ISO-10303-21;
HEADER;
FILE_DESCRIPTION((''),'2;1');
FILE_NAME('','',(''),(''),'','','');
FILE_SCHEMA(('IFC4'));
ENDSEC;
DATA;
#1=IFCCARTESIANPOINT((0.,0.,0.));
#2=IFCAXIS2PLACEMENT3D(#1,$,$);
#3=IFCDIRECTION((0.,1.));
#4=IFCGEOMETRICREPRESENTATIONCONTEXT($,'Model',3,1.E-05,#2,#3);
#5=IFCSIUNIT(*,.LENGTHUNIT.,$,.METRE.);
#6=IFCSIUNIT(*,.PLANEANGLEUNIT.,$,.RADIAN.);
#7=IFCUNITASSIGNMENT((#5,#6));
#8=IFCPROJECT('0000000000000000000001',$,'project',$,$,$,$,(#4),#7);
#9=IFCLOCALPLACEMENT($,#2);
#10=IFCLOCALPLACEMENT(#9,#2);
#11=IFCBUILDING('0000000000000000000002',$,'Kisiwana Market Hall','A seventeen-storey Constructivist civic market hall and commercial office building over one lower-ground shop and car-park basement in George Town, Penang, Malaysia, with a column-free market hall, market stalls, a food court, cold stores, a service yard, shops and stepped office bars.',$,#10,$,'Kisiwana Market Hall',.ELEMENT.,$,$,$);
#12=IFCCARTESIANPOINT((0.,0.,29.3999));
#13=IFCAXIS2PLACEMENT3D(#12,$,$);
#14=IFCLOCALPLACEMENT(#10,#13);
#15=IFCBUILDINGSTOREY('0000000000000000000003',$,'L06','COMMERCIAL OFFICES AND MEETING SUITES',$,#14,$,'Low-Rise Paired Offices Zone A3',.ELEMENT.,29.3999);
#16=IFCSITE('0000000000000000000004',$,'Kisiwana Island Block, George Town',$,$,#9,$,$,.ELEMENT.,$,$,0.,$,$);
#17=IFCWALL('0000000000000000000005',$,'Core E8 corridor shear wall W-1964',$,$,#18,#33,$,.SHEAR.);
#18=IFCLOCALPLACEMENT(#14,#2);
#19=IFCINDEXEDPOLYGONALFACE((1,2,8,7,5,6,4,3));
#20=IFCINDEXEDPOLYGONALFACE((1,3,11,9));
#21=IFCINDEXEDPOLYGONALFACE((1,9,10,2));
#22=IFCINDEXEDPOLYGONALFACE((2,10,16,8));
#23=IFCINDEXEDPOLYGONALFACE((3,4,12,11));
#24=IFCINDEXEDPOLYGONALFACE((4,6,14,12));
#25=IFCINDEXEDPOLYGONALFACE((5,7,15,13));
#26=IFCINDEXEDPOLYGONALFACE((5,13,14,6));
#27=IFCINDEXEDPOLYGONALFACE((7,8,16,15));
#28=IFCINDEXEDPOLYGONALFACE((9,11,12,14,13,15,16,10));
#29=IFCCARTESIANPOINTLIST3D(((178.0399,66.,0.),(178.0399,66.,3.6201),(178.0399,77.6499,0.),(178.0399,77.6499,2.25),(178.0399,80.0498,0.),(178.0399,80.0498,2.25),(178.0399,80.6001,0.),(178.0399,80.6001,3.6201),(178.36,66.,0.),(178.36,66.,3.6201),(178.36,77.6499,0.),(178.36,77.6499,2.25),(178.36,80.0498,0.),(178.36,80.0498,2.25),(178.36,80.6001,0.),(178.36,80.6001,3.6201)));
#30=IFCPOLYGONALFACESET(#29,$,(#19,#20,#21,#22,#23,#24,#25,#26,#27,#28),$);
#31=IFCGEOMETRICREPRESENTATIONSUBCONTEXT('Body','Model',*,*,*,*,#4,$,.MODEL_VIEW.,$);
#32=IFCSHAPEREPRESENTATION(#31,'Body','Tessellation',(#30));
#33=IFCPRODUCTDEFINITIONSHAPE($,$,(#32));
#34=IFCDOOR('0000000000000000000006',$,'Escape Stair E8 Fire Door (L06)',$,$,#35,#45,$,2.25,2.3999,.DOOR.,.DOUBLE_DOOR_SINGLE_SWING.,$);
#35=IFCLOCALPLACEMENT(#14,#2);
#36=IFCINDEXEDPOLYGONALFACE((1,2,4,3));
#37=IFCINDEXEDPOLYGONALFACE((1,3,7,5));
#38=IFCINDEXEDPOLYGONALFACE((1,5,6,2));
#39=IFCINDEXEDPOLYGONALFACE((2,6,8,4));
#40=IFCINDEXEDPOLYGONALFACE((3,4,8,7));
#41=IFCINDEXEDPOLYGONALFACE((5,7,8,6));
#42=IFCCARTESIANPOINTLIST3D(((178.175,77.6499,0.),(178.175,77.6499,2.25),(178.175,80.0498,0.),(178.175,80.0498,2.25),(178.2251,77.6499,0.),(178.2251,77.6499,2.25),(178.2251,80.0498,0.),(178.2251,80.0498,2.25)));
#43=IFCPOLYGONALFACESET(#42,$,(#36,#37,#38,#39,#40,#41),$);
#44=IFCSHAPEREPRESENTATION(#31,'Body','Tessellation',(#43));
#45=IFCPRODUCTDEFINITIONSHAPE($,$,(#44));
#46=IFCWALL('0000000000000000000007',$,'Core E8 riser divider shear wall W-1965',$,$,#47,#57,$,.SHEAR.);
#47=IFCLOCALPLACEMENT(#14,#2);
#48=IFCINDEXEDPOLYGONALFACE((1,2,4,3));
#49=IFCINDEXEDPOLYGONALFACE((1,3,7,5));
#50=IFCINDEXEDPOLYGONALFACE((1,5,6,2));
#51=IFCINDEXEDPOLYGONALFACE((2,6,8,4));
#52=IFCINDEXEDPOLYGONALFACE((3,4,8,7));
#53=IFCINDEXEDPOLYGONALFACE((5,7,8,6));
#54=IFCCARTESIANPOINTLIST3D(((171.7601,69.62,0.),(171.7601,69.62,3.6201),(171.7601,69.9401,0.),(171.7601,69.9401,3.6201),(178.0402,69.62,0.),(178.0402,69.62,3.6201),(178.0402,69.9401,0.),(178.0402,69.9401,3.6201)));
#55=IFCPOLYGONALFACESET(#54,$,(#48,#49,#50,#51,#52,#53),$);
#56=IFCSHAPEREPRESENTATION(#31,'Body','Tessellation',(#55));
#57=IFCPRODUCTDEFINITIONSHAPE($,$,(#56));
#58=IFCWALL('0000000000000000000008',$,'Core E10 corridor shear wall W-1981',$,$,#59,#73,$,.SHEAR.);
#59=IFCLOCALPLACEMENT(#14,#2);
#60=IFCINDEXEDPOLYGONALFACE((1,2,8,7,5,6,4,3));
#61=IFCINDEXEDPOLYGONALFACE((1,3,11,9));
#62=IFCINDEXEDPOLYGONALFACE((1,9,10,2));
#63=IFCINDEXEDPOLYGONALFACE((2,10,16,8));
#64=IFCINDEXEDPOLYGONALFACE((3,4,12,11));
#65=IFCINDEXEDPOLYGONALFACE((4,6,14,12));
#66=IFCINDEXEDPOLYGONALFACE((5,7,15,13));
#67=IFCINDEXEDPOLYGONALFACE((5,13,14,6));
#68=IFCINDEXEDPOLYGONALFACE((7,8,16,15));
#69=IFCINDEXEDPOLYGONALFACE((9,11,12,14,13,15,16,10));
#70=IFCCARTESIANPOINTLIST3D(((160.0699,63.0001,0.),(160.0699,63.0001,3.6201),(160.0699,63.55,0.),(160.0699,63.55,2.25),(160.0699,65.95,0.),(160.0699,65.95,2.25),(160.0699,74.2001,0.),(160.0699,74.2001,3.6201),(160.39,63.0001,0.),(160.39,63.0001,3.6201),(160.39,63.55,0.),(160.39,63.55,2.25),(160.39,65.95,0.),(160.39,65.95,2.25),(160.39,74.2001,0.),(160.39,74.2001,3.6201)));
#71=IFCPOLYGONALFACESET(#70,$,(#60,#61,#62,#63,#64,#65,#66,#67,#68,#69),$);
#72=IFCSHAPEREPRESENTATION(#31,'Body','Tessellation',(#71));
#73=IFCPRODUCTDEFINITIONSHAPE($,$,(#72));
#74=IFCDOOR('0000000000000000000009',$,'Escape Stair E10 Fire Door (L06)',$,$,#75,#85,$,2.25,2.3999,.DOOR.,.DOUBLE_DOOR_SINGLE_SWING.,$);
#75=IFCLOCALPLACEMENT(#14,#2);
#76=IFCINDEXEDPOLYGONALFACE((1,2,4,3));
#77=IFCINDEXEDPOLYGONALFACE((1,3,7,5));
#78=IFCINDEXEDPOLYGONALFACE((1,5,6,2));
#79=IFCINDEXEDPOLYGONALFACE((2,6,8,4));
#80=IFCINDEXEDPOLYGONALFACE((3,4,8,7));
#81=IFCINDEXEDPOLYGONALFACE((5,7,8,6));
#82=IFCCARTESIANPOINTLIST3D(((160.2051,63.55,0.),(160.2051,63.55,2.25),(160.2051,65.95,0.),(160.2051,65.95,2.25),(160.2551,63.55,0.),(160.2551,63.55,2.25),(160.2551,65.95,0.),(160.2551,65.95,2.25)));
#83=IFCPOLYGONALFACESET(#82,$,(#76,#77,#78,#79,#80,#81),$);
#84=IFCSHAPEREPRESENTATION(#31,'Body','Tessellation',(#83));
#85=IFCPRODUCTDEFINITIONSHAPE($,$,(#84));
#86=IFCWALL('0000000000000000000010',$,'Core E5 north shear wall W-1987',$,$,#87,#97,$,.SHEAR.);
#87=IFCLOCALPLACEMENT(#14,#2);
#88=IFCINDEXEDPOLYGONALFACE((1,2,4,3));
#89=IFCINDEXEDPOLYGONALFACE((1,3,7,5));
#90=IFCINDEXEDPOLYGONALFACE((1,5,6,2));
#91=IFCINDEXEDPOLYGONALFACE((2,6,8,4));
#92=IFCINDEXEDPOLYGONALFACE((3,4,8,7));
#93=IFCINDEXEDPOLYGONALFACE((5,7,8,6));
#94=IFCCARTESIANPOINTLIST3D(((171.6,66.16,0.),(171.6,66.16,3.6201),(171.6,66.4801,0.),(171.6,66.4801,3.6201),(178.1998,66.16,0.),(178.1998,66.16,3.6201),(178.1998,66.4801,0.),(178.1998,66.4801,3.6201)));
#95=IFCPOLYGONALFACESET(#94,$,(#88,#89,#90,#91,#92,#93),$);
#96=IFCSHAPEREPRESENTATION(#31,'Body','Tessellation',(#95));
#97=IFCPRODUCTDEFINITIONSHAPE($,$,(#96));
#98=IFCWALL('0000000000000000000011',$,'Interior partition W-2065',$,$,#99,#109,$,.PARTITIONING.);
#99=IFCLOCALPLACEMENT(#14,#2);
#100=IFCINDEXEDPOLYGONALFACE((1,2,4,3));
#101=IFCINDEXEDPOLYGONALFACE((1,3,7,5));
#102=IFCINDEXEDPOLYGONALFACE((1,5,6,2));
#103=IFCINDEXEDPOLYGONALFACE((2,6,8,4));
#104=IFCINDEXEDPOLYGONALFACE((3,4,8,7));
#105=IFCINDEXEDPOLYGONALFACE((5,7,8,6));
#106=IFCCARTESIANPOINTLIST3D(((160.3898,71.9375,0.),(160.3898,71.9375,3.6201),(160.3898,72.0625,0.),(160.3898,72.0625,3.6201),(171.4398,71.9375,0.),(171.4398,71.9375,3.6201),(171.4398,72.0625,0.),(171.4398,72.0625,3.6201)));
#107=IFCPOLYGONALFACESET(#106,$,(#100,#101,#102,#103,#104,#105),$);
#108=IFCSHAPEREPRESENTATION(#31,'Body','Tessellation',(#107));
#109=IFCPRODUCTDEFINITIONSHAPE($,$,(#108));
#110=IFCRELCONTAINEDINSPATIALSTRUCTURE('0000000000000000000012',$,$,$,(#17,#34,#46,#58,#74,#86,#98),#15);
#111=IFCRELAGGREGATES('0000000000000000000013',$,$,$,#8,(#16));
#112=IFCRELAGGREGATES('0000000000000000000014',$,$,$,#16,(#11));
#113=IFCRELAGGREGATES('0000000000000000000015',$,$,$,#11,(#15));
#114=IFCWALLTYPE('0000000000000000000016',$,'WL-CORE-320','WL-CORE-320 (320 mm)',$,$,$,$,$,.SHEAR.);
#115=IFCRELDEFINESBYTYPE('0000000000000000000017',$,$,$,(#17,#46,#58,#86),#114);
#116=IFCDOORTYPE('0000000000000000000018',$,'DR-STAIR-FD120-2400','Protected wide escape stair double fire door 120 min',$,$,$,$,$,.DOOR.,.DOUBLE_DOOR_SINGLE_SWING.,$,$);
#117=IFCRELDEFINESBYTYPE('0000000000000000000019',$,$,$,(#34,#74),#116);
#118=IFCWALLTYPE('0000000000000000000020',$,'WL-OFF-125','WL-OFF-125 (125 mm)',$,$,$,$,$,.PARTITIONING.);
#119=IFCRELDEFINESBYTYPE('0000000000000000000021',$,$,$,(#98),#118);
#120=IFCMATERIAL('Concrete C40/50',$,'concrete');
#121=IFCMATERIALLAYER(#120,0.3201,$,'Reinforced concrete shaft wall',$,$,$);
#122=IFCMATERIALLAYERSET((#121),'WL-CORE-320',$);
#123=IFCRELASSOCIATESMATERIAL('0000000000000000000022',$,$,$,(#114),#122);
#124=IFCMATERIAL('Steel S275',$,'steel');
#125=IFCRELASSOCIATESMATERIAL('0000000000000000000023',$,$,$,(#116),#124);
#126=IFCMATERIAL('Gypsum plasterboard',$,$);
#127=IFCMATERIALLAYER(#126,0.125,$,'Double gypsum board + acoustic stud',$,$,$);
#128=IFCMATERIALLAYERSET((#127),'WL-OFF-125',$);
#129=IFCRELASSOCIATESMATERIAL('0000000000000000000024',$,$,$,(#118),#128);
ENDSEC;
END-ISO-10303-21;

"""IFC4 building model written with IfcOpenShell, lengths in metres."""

from ifc_helpers import new_model, si_unit, direction, frame, frame_2d, origin, place, context, subcontext, project, spatial, rectangle, extrude, material, layer, layer_set, type_object, element, fill, save


model = new_model("IFC4")

# Units and contexts
model_context = context("Model", 3, precision=1e-05, world=origin(), true_north=direction((0.0, 1.0)))
body_context = subcontext(model_context, "Body", "Model", "MODEL_VIEW")
ifc_project = project(units=[si_unit("LENGTHUNIT", "METRE"), si_unit("PLANEANGLEUNIT", "RADIAN")], contexts=[model_context])

# Site, building, storey
site_placement = place(None, origin())
site = spatial("IfcSite", under=ifc_project, at=site_placement, Name="Kisiwana Island Block, George Town", CompositionType="ELEMENT", RefElevation=0.0)
building_placement = place(site_placement, origin())
building = spatial("IfcBuilding", under=site, at=building_placement, Name="Kisiwana Market Hall", Description="A seventeen-storey Constructivist civic market hall and commercial office building over one lower-ground shop and car-park basement in George Town, Penang, Malaysia, with a column-free market hall, market stalls, a food court, cold stores, a service yard, shops and stepped office bars.", LongName="Kisiwana Market Hall", CompositionType="ELEMENT")
storey_placement = place(building_placement, frame((0.0, 0.0, 29.3999)))
storey = spatial("IfcBuildingStorey", under=building, at=storey_placement, Name="L06", Description="COMMERCIAL OFFICES AND MEETING SUITES", LongName="Low-Rise Paired Offices Zone A3", CompositionType="ELEMENT", Elevation=29.3999)

# Shared definitions
ifc_material_1 = material(Name="Concrete C40/50", Category="concrete")
ifc_layer_1 = layer(ifc_material_1, 0.3201, Name="Reinforced concrete shaft wall")
ifc_layer_set_1 = layer_set([ifc_layer_1], Name="WL-CORE-320")
wall_type_1 = type_object("IfcWallType", Name="WL-CORE-320", Description="WL-CORE-320 (320 mm)", PredefinedType="SHEAR", material=ifc_layer_set_1)

# Shared definitions
ifc_material_2 = material(Name="Steel S275", Category="steel")
door_type = type_object("IfcDoorType", Name="DR-STAIR-FD120-2400", Description="Protected wide escape stair double fire door 120 min", OperationType="DOUBLE_DOOR_SINGLE_SWING", PredefinedType="DOOR", material=ifc_material_2)

# Wall, opening, door
wall_1_placement = place(storey_placement, frame((178.2, 66.0, 0.0), z_axis=(0.0, 0.0, 1.0), x_axis=(0.0, 1.0, 0.0)))
wall_1 = element("IfcWall", 1, at=wall_1_placement, inside=storey, type_object=wall_type_1, Name="Core E8 corridor shear wall W-1964", PredefinedType="SHEAR", context=body_context, shape_type="SweptSolid", body=[
    extrude(rectangle(XDim=14.6001, YDim=0.3201, at=frame_2d((7.3, 0.0))), origin(), (0.0, 0.0, 1.0), 3.6201),
])
opening_1_placement = place(wall_1_placement, frame((11.6499, 0.0, 0.0)))
opening_1 = element("IfcOpeningElement", 2, at=opening_1_placement, cuts=wall_1, PredefinedType="OPENING", context=body_context, shape_type="SweptSolid", body=[
    extrude(rectangle(XDim=2.3999, YDim=2.25, at=frame_2d((1.2, 1.125))), frame((0.0, 0.1719, 0.0), z_axis=(0.0, -1.0, 0.0), x_axis=(1.0, 0.0, 0.0)), (0.0, 0.0, 1.0), 0.344),
])
door_1_placement = place(opening_1_placement, origin())
door_1 = element("IfcDoor", 3, at=door_1_placement, inside=storey, type_object=door_type, Name="Escape Stair E8 Fire Door (L06)", OperationType="DOUBLE_DOOR_SINGLE_SWING", OverallHeight=2.25, OverallWidth=2.3999, PredefinedType="DOOR", context=body_context, shape_type="SweptSolid", body=[
    extrude(rectangle(XDim=2.3999, YDim=2.25, at=frame_2d((1.2, 1.125))), frame((0.0, 0.0249, 0.0), z_axis=(0.0, -1.0, 0.0), x_axis=(1.0, 0.0, 0.0)), (0.0, 0.0, 1.0), 0.05),
])
fill(opening_1, door_1)

# Wall
wall_2_placement = place(storey_placement, frame((171.76, 69.78, 0.0), z_axis=(0.0, 0.0, 1.0), x_axis=(1.0, 0.0, 0.0)))
element("IfcWall", 4, at=wall_2_placement, inside=storey, type_object=wall_type_1, Name="Core E8 riser divider shear wall W-1965", PredefinedType="SHEAR", context=body_context, shape_type="SweptSolid", body=[
    extrude(rectangle(XDim=6.28, YDim=0.3201, at=frame_2d((3.1401, 0.0))), origin(), (0.0, 0.0, 1.0), 3.6201),
])

# Wall, opening, door
wall_3_placement = place(storey_placement, frame((160.23, 63.0, 0.0), z_axis=(0.0, 0.0, 1.0), x_axis=(0.0, 1.0, 0.0)))
wall_3 = element("IfcWall", 5, at=wall_3_placement, inside=storey, type_object=wall_type_1, Name="Core E10 corridor shear wall W-1981", PredefinedType="SHEAR", context=body_context, shape_type="SweptSolid", body=[
    extrude(rectangle(XDim=11.2, YDim=0.3201, at=frame_2d((5.6001, 0.0))), origin(), (0.0, 0.0, 1.0), 3.6201),
])
opening_2_placement = place(wall_3_placement, frame((0.55, 0.0, 0.0)))
opening_2 = element("IfcOpeningElement", 6, at=opening_2_placement, cuts=wall_3, PredefinedType="OPENING", context=body_context, shape_type="SweptSolid", body=[
    extrude(rectangle(XDim=2.3999, YDim=2.25, at=frame_2d((1.2, 1.125))), frame((0.0, 0.1719, 0.0), z_axis=(0.0, -1.0, 0.0), x_axis=(1.0, 0.0, 0.0)), (0.0, 0.0, 1.0), 0.344),
])
door_2_placement = place(opening_2_placement, origin())
door_2 = element("IfcDoor", 7, at=door_2_placement, inside=storey, type_object=door_type, Name="Escape Stair E10 Fire Door (L06)", OperationType="DOUBLE_DOOR_SINGLE_SWING", OverallHeight=2.25, OverallWidth=2.3999, PredefinedType="DOOR", context=body_context, shape_type="SweptSolid", body=[
    extrude(rectangle(XDim=2.3999, YDim=2.25, at=frame_2d((1.2, 1.125))), frame((0.0, 0.0249, 0.0), z_axis=(0.0, -1.0, 0.0), x_axis=(1.0, 0.0, 0.0)), (0.0, 0.0, 1.0), 0.05),
])
fill(opening_2, door_2)

# Walls
wall_4_placement = place(storey_placement, frame((171.6001, 66.3201, 0.0), z_axis=(0.0, 0.0, 1.0), x_axis=(1.0, 0.0, 0.0)))
element("IfcWall", 8, at=wall_4_placement, inside=storey, type_object=wall_type_1, Name="Core E5 north shear wall W-1987", PredefinedType="SHEAR", context=body_context, shape_type="SweptSolid", body=[
    extrude(rectangle(XDim=6.5999, YDim=0.3201, at=frame_2d((3.2998, 0.0))), origin(), (0.0, 0.0, 1.0), 3.6201),
])
ifc_material_3 = material(Name="Gypsum plasterboard")
ifc_layer_2 = layer(ifc_material_3, 0.125, Name="Double gypsum board + acoustic stud")
ifc_layer_set_2 = layer_set([ifc_layer_2], Name="WL-OFF-125")
wall_type_2 = type_object("IfcWallType", Name="WL-OFF-125", Description="WL-OFF-125 (125 mm)", PredefinedType="PARTITIONING", material=ifc_layer_set_2)
wall_5_placement = place(storey_placement, frame((160.3899, 72.0, 0.0), z_axis=(0.0, 0.0, 1.0), x_axis=(1.0, 0.0, 0.0)))
element("IfcWall", 9, at=wall_5_placement, inside=storey, type_object=wall_type_2, Name="Interior partition W-2065", PredefinedType="PARTITIONING", context=body_context, shape_type="SweptSolid", body=[
    extrude(rectangle(XDim=11.05, YDim=0.125, at=frame_2d((5.5249, 0.0))), origin(), (0.0, 0.0, 1.0), 3.6201),
])

save(model, "model.ifc")
